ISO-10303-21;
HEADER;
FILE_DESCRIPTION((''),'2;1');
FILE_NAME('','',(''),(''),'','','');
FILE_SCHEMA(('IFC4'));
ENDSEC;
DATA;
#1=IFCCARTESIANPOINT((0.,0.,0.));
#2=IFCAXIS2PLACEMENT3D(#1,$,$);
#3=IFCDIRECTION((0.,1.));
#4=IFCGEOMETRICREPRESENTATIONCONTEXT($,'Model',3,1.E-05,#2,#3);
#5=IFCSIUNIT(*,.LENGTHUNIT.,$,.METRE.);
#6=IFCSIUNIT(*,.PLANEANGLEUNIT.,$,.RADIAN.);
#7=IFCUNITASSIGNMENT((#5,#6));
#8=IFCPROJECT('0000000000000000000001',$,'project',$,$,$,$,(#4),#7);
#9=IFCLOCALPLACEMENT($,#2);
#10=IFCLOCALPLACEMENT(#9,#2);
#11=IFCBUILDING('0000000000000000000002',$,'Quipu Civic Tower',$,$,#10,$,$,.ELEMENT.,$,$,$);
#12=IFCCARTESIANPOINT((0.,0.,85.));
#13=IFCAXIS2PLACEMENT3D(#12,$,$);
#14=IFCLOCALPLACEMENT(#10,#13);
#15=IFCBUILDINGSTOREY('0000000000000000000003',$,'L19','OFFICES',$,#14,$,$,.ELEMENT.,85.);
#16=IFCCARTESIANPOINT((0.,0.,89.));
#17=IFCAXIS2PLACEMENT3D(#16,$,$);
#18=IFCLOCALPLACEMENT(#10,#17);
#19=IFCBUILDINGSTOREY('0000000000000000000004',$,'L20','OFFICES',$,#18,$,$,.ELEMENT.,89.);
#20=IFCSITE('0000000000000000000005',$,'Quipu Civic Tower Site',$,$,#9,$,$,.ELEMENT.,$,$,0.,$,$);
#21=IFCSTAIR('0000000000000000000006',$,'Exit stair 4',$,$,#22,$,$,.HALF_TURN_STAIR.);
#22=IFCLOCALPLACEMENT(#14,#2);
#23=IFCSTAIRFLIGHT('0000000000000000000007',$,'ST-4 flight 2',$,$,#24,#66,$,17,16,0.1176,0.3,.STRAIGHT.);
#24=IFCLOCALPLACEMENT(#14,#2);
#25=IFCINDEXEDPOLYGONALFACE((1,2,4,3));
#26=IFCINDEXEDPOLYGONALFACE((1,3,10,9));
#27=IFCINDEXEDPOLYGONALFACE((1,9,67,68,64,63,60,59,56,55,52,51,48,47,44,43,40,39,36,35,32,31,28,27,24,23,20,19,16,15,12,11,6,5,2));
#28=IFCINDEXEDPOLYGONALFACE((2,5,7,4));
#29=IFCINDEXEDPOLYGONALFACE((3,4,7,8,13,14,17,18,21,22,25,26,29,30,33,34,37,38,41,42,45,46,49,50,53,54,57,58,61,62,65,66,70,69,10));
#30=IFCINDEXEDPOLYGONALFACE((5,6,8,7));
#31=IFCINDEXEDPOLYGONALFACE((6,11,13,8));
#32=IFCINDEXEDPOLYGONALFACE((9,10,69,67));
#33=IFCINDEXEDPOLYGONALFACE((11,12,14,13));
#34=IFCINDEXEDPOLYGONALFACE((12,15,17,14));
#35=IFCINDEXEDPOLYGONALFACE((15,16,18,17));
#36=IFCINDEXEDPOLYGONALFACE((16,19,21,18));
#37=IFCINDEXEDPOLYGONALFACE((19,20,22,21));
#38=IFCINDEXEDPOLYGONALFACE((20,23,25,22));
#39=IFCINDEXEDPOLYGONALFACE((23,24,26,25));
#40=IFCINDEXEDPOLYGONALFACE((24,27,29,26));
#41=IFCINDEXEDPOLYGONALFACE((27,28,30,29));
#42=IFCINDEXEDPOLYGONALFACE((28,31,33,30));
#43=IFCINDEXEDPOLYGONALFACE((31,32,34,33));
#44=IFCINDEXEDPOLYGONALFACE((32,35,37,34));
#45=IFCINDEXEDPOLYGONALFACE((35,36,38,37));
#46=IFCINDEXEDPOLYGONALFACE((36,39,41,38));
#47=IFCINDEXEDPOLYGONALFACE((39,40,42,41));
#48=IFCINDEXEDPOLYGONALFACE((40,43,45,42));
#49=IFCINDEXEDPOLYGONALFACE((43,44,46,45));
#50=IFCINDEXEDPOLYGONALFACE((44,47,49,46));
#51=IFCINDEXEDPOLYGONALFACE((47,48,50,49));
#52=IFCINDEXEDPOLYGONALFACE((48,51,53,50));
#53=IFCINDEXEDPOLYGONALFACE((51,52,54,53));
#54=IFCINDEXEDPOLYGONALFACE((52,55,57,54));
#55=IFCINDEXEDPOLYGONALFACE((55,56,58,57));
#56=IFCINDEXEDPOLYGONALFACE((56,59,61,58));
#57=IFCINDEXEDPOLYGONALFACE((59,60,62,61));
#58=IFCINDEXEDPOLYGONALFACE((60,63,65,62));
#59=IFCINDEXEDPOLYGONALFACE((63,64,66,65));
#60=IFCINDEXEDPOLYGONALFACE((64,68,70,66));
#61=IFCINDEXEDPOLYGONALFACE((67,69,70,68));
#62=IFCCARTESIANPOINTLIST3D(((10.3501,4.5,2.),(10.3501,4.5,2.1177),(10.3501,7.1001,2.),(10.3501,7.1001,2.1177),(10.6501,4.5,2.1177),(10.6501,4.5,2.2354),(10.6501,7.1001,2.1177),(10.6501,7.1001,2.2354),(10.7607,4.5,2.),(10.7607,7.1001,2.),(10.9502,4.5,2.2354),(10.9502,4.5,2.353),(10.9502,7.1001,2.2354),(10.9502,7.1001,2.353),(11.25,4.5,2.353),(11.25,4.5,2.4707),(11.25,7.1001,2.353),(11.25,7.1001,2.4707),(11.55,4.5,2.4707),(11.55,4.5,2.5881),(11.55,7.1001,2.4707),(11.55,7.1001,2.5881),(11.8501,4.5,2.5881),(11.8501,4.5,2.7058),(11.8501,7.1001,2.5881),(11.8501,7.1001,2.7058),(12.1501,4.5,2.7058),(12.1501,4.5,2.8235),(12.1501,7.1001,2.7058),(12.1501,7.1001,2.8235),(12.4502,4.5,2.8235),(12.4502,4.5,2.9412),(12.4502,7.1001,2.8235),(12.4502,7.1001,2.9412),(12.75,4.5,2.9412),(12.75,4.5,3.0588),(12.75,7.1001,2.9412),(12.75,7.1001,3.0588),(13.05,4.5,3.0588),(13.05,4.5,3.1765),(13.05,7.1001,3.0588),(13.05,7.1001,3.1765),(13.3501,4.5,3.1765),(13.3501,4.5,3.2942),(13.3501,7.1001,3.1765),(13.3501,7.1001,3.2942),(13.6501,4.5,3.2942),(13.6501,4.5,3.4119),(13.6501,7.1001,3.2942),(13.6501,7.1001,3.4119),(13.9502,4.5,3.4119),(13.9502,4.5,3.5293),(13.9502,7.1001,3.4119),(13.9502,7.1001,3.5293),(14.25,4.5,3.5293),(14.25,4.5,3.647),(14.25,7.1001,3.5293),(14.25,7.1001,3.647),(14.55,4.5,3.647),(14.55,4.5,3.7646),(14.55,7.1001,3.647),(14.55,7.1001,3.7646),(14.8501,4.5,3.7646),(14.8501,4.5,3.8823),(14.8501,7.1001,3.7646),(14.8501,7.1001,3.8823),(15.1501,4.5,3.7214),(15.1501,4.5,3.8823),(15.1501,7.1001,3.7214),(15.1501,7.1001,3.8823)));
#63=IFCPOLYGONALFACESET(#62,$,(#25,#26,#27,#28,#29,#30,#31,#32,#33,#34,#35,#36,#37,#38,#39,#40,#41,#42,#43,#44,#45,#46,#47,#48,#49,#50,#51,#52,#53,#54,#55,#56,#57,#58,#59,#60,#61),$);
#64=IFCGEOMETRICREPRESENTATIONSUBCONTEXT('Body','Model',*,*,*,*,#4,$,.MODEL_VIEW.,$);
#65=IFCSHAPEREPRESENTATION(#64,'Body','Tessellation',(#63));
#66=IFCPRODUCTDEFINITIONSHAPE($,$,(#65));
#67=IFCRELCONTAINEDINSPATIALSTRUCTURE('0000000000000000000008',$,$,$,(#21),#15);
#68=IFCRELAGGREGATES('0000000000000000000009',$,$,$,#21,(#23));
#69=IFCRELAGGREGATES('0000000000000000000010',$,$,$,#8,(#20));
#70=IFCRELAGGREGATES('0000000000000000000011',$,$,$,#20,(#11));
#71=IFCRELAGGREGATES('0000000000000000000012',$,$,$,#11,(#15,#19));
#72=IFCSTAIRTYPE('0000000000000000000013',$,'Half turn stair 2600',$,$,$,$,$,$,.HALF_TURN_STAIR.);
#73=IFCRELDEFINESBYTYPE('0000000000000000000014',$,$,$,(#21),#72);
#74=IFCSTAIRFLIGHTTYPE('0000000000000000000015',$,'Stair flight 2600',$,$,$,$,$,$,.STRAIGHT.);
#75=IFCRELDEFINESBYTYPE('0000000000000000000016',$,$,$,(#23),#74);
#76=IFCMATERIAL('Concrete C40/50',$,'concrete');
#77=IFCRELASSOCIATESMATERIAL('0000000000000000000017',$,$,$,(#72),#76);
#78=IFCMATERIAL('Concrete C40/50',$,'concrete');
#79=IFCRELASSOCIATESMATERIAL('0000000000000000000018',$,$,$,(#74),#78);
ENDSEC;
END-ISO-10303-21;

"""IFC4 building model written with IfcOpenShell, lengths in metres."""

from ifc_helpers import new_model, si_unit, direction, frame, origin, place, context, subcontext, project, spatial, polyline, outline, extrude, material, type_object, element, aggregate, save


model = new_model("IFC4")

# Units and contexts
model_context = context("Model", 3, precision=1e-05, world=origin(), true_north=direction((0.0, 1.0)))
body_context = subcontext(model_context, "Body", "Model", "MODEL_VIEW")
ifc_project = project(units=[si_unit("LENGTHUNIT", "METRE"), si_unit("PLANEANGLEUNIT", "RADIAN")], contexts=[model_context])

# Site, building, storey
site_placement = place(None, origin())
site = spatial("IfcSite", under=ifc_project, at=site_placement, Name="Quipu Civic Tower Site", CompositionType="ELEMENT", RefElevation=0.0)
building_placement = place(site_placement, origin())
building = spatial("IfcBuilding", under=site, at=building_placement, Name="Quipu Civic Tower", CompositionType="ELEMENT")
storey_1_placement = place(building_placement, frame((0.0, 0.0, 85.0)))
storey_1 = spatial("IfcBuildingStorey", under=building, at=storey_1_placement, Name="L19", Description="OFFICES", CompositionType="ELEMENT", Elevation=85.0)

# Shared definitions
storey_2_placement = place(building_placement, frame((0.0, 0.0, 89.0)))
storey_2 = spatial("IfcBuildingStorey", under=building, at=storey_2_placement, Name="L20", Description="OFFICES", CompositionType="ELEMENT", Elevation=89.0)

# Stair, stair flight
ifc_material_1 = material(Name="Concrete C40/50", Category="concrete")
stair_type = type_object("IfcStairType", Name="Half turn stair 2600", PredefinedType="HALF_TURN_STAIR", material=ifc_material_1)
stair_placement = place(storey_1_placement, origin())
stair = element("IfcStair", 1, at=stair_placement, inside=storey_1, type_object=stair_type, Name="Exit stair 4", PredefinedType="HALF_TURN_STAIR")
ifc_material_2 = material(Name="Concrete C40/50", Category="concrete")
stair_flight_type = type_object("IfcStairFlightType", Name="Stair flight 2600", PredefinedType="STRAIGHT", material=ifc_material_2)
stair_flight_1_placement = place(storey_1_placement, frame((10.3501, 5.8, 2.0), z_axis=(0.0, 0.0, 1.0), x_axis=(1.0, 0.0, 0.0)))
stair_flight_1 = element("IfcStairFlight", 2, at=stair_flight_1_placement, type_object=stair_flight_type, Name="ST-4 flight 2", NumberOfRisers=17, NumberOfTreads=16, PredefinedType="STRAIGHT", RiserHeight=0.1176, TreadLength=0.3, context=body_context, shape_type="SweptSolid", body=[
    extrude(outline(polyline([(0.0, 0.0), (0.0, 0.1177), (0.3, 0.1177), (0.3, 0.2354), (0.6001, 0.2354), (0.6001, 0.353), (0.8999, 0.353), (0.8999, 0.4707), (1.2, 0.4707), (1.2, 0.5881), (1.5, 0.5881), (1.5, 0.7058), (1.8, 0.7058), (1.8, 0.8235), (2.1001, 0.8235), (2.1001, 0.9412), (2.3999, 0.9412), (2.3999, 1.0588), (2.7, 1.0588), (2.7, 1.1765), (3.0, 1.1765), (3.0, 1.2942), (3.3, 1.2942), (3.3, 1.4119), (3.6001, 1.4119), (3.6001, 1.5293), (3.8999, 1.5293), (3.8999, 1.647), (4.2, 1.647), (4.2, 1.7646), (4.5, 1.7646), (4.5, 1.8823), (4.8, 1.8823), (4.8, 2.0), (4.8, 1.7214), (0.4106, 0.0), (0.0, 0.0)])), frame((0.0, 1.3, 0.0), z_axis=(0.0, -1.0, 0.0), x_axis=(1.0, 0.0, 0.0)), (0.0, 0.0, 1.0), 2.6001),
])
aggregate(stair, [stair_flight_1])

save(model, "model.ifc")
